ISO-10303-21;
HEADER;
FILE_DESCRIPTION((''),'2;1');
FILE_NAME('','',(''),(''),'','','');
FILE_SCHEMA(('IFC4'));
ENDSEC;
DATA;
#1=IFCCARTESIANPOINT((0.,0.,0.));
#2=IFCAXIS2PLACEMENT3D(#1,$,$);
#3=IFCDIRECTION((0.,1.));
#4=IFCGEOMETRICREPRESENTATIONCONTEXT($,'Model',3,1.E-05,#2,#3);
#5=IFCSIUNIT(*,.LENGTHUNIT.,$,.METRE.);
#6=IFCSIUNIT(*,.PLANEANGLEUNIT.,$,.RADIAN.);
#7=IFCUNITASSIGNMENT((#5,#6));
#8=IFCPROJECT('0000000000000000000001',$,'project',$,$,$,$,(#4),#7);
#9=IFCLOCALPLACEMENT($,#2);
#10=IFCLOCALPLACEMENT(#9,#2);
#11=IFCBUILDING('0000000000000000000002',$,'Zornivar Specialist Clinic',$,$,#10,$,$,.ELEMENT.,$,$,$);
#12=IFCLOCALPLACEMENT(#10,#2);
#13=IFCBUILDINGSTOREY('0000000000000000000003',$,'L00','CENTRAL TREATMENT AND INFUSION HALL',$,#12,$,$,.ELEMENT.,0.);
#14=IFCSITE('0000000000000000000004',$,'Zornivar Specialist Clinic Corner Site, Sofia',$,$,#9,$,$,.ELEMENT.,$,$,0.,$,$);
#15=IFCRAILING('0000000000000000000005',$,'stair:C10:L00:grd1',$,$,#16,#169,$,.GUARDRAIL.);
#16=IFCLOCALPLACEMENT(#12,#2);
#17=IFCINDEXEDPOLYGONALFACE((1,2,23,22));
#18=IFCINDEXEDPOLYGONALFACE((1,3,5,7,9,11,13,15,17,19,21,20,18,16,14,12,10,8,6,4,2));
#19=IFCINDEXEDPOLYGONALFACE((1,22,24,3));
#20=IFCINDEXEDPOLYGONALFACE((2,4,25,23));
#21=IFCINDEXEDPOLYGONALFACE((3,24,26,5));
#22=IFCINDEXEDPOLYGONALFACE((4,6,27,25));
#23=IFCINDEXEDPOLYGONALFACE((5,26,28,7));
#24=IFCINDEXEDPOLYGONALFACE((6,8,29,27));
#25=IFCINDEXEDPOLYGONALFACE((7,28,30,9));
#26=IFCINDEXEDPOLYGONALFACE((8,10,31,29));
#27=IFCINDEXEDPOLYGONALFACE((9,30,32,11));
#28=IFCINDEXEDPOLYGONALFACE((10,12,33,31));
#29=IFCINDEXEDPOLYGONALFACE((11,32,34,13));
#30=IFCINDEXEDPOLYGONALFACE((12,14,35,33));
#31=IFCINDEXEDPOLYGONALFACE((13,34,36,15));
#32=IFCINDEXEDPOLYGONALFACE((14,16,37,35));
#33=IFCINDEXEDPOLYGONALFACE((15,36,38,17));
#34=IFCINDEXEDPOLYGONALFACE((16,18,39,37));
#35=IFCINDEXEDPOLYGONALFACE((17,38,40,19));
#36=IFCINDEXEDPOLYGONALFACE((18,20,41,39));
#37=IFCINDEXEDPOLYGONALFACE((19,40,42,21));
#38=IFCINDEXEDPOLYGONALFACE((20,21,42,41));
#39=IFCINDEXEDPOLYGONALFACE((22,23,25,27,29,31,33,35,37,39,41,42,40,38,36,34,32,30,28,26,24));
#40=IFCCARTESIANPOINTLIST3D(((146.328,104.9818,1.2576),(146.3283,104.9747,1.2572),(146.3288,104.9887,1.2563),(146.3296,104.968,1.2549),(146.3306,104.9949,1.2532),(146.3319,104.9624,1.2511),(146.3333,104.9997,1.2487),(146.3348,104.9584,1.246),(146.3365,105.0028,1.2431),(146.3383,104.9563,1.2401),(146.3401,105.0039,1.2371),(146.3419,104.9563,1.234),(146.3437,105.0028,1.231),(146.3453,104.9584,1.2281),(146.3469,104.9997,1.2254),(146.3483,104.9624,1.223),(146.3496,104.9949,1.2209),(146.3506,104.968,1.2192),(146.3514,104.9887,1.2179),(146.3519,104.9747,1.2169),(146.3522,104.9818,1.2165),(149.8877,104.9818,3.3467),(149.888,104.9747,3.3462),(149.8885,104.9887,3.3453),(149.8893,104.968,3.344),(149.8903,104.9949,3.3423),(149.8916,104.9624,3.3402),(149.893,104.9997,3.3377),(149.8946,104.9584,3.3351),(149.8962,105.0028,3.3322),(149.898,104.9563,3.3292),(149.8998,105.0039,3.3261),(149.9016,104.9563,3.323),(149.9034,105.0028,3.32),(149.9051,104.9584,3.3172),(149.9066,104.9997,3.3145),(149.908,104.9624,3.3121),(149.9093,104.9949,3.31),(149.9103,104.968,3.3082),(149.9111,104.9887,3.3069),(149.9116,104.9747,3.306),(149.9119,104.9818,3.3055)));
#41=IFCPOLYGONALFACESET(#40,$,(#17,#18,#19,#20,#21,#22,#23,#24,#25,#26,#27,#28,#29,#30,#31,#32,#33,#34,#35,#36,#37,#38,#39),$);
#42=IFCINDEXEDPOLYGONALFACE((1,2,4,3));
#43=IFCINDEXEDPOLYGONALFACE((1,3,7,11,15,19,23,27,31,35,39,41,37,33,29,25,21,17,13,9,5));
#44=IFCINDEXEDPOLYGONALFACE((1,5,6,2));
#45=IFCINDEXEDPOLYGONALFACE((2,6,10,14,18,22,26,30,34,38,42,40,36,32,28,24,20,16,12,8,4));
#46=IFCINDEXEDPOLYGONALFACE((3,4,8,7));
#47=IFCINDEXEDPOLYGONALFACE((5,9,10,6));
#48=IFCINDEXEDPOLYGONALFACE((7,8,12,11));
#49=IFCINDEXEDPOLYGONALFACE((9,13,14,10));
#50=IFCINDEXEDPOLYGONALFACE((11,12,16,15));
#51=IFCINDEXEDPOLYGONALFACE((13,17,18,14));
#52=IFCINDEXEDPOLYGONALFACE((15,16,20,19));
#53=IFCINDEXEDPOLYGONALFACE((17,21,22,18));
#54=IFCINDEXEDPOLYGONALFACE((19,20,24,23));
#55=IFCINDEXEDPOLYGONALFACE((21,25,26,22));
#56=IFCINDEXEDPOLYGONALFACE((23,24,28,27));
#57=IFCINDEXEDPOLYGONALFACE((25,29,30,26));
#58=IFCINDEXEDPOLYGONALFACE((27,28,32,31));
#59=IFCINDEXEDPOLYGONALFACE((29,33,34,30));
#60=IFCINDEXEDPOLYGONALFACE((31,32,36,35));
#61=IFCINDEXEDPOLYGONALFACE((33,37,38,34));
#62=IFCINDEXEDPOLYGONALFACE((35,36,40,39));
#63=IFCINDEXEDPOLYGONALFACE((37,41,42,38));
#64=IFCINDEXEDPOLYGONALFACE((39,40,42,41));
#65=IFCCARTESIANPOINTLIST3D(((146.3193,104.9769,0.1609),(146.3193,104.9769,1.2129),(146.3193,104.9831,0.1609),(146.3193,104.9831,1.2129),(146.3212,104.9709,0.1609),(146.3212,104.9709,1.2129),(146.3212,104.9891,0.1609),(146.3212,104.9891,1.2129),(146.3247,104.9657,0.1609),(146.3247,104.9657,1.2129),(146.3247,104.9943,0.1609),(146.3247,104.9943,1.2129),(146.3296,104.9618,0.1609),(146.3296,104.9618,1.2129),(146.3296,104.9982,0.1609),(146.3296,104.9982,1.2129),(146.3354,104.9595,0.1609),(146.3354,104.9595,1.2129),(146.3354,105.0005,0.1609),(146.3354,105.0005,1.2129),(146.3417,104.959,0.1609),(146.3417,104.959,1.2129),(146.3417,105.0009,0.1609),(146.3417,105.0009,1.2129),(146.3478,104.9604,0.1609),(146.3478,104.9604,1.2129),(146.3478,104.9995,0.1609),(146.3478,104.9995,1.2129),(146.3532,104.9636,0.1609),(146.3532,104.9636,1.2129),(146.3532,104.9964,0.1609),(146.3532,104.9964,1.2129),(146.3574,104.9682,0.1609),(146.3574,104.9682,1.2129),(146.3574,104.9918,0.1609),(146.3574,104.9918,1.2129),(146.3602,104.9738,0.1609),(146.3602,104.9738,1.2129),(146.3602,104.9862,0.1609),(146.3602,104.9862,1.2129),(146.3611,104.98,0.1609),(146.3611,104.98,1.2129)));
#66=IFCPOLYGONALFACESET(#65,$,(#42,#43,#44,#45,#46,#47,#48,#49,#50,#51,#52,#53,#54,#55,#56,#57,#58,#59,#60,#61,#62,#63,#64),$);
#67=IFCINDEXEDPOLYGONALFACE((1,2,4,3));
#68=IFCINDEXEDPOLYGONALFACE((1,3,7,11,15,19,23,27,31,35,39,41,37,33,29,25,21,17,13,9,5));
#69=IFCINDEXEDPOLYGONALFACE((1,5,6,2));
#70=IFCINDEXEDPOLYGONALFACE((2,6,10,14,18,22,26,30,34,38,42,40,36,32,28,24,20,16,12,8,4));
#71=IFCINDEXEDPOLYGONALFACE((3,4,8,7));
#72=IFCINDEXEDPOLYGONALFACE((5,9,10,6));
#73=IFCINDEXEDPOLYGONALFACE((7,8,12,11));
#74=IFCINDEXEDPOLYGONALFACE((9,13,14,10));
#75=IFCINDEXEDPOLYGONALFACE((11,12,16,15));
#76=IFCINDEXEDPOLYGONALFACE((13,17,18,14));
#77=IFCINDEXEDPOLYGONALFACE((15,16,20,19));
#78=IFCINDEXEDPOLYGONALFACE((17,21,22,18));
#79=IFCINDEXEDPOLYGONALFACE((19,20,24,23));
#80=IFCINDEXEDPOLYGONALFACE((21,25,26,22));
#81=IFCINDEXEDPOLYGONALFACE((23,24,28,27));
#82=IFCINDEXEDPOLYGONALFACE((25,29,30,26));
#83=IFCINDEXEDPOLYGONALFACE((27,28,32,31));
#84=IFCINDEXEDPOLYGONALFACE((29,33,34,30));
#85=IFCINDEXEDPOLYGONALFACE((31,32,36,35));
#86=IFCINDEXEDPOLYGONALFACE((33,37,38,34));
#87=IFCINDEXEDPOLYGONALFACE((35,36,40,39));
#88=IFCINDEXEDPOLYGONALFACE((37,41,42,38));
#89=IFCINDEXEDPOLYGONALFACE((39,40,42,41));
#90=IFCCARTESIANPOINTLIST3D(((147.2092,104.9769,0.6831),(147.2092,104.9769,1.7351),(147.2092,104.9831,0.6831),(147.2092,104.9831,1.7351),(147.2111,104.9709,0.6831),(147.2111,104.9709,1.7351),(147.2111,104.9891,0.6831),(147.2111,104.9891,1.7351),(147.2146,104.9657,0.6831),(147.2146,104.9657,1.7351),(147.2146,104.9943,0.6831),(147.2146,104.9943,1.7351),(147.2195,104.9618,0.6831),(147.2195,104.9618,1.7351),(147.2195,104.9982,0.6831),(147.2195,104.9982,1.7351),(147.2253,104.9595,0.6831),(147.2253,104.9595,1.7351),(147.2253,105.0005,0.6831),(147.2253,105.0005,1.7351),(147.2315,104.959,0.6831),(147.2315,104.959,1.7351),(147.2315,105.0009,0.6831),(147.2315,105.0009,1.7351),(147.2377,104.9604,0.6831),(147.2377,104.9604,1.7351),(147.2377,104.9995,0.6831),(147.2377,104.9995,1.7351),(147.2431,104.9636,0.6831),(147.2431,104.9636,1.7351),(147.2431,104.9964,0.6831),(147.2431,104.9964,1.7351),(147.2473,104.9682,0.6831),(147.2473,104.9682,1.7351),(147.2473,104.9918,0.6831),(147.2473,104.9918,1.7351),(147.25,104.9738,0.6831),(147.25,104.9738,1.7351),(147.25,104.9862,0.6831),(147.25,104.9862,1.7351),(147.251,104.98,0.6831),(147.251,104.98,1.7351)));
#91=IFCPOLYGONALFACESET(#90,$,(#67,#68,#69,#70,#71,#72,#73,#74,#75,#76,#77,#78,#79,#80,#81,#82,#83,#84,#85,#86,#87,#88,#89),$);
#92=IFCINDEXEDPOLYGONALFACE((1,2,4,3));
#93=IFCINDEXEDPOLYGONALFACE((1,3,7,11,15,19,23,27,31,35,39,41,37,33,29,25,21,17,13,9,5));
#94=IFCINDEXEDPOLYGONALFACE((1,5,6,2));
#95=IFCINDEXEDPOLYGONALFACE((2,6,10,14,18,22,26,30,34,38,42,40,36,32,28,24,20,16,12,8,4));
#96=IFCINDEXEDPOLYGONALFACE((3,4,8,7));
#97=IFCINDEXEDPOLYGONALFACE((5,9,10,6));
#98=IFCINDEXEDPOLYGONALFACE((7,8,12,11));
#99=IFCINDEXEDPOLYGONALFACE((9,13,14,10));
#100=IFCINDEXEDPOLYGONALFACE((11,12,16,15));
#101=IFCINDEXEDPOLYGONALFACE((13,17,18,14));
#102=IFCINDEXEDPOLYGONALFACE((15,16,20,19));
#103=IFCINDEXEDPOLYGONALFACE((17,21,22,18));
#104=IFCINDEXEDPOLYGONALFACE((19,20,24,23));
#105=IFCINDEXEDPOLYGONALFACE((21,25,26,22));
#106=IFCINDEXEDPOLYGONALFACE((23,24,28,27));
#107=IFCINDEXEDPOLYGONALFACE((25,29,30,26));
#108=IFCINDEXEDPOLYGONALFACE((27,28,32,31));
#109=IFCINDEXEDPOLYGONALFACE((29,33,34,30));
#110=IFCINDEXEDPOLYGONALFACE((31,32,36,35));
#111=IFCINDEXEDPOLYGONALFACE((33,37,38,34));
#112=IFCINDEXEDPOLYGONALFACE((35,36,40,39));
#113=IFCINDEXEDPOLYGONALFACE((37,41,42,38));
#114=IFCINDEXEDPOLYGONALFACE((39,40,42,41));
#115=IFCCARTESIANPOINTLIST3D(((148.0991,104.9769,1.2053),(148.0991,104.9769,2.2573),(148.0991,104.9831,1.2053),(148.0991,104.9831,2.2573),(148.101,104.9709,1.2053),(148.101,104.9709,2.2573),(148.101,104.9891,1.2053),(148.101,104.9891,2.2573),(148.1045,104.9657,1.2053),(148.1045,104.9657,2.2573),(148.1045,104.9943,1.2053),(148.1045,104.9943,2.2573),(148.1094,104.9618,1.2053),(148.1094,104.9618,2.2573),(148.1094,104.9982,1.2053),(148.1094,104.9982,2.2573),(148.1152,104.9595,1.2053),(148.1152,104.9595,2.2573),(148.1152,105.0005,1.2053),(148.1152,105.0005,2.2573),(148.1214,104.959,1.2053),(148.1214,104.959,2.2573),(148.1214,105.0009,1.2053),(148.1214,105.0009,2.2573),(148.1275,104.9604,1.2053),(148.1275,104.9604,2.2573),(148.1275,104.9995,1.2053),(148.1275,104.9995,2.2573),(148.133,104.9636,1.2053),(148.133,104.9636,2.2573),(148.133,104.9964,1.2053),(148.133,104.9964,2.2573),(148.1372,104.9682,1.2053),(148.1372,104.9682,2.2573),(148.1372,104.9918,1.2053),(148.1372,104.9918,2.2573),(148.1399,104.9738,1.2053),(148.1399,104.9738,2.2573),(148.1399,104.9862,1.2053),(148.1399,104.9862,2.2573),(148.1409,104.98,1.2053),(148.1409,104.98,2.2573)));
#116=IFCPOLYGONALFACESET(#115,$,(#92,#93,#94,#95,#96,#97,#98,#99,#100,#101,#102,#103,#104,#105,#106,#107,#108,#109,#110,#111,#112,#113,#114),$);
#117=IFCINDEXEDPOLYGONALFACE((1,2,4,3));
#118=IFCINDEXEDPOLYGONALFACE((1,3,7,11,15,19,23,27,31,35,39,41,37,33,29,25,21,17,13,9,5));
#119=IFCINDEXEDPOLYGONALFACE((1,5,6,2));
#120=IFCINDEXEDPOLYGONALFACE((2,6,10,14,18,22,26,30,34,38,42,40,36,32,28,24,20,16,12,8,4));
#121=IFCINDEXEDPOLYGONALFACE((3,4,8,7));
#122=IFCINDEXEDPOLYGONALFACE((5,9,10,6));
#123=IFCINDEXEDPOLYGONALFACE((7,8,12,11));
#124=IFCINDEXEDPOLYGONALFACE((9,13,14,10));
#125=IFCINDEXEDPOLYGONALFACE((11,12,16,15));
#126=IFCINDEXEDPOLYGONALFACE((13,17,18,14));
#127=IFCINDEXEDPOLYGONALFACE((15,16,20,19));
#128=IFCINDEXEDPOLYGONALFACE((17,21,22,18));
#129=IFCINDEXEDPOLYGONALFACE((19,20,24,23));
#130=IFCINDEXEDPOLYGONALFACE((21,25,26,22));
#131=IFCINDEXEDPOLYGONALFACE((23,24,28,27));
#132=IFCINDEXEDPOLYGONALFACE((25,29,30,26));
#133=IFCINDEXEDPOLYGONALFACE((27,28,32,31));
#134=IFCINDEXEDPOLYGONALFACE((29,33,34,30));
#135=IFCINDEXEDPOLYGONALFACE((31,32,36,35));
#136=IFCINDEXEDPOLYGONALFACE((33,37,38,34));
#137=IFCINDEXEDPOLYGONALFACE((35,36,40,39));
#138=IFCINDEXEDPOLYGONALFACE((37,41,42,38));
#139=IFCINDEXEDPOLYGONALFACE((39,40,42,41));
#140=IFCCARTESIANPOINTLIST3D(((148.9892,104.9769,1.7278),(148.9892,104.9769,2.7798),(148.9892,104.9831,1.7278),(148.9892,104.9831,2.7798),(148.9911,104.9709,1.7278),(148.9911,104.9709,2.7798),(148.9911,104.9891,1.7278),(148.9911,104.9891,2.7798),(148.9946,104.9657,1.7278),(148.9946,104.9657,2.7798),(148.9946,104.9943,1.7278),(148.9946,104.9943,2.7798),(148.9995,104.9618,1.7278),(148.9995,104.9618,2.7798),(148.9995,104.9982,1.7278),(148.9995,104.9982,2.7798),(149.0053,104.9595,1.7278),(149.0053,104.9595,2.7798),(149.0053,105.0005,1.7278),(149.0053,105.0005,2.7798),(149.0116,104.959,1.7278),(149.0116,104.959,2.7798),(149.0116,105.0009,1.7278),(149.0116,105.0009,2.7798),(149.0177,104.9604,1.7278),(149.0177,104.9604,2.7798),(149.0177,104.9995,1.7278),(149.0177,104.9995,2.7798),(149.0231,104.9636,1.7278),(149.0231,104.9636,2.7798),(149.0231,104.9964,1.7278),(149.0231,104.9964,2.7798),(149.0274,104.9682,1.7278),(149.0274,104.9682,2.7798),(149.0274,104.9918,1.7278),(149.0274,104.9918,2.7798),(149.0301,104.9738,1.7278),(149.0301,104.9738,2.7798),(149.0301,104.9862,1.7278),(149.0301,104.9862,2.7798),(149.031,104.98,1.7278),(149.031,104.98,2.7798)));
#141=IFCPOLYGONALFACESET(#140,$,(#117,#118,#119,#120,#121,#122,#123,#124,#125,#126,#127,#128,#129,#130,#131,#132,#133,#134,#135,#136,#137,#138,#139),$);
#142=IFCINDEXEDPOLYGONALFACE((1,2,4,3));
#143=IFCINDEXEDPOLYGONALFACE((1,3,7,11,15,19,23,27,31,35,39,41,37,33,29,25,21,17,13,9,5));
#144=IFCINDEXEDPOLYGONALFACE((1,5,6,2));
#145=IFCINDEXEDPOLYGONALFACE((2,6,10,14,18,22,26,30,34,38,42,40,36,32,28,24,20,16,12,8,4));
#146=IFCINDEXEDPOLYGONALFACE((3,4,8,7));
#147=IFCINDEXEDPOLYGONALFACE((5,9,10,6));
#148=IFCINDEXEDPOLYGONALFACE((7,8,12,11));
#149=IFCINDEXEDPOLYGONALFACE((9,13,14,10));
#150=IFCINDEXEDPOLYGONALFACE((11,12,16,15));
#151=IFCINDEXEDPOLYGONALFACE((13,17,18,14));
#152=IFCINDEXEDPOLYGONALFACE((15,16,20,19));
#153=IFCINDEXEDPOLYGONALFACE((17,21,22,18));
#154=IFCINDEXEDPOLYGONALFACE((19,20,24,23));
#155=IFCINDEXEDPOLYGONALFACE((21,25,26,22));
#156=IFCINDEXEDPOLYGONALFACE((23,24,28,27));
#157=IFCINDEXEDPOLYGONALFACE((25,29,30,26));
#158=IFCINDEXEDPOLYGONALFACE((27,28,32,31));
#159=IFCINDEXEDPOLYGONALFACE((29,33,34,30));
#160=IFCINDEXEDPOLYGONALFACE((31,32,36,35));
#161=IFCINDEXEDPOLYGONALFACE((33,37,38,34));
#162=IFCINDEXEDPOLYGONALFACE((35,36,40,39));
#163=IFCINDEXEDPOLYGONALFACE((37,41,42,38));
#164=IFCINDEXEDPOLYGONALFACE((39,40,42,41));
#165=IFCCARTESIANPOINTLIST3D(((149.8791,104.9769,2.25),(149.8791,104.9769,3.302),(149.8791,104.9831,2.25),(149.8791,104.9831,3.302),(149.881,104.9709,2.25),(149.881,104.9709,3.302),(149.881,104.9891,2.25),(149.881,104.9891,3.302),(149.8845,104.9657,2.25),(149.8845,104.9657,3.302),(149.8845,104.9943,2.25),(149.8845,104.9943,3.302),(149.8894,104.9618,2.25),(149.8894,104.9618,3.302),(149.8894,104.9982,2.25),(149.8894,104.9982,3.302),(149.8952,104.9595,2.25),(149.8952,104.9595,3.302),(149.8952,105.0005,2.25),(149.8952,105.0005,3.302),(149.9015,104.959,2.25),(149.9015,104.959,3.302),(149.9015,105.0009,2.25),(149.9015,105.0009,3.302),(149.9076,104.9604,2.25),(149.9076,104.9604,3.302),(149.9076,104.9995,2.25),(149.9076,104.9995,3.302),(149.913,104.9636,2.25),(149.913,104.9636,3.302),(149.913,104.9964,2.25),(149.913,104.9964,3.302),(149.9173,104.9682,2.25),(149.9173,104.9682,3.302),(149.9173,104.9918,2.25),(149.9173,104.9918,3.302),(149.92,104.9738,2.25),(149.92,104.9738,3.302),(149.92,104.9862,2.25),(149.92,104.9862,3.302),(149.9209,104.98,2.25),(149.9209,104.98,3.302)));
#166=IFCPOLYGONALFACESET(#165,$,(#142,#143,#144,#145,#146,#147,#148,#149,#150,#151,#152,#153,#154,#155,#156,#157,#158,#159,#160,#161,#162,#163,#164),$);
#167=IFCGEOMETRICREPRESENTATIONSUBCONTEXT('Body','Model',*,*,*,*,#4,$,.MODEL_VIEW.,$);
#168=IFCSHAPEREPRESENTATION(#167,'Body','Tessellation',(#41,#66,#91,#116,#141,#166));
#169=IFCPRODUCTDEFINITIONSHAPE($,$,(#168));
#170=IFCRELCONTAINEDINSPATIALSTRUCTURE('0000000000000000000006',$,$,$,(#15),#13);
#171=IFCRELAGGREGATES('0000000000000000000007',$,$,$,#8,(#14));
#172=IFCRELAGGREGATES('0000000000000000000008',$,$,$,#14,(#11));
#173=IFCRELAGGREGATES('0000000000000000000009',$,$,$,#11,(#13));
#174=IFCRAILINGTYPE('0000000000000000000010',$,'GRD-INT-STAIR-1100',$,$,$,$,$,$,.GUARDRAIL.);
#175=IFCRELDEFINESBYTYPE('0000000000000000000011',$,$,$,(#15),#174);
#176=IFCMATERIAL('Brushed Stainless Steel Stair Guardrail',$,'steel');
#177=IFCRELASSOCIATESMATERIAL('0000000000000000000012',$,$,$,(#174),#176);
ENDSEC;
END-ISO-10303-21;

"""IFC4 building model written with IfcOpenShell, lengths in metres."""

from ifc_helpers import new_model, si_unit, direction, frame, origin, origin_2d, place, context, subcontext, project, spatial, circle, extrude, material, type_object, element, save


model = new_model("IFC4")

# Units and contexts
model_context = context("Model", 3, precision=1e-05, world=origin(), true_north=direction((0.0, 1.0)))
body_context = subcontext(model_context, "Body", "Model", "MODEL_VIEW")
ifc_project = project(units=[si_unit("LENGTHUNIT", "METRE"), si_unit("PLANEANGLEUNIT", "RADIAN")], contexts=[model_context])

# Site, building, storey
site_placement = place(None, origin())
site = spatial("IfcSite", under=ifc_project, at=site_placement, Name="Zornivar Specialist Clinic Corner Site, Sofia", CompositionType="ELEMENT", RefElevation=0.0)
building_placement = place(site_placement, origin())
building = spatial("IfcBuilding", under=site, at=building_placement, Name="Zornivar Specialist Clinic", CompositionType="ELEMENT")
storey_placement = place(building_placement, origin())
storey = spatial("IfcBuildingStorey", under=building, at=storey_placement, Name="L00", Description="CENTRAL TREATMENT AND INFUSION HALL", CompositionType="ELEMENT", Elevation=0.0)

# Railing
ifc_material_1 = material(Name="Brushed Stainless Steel Stair Guardrail", Category="steel")
railing_type = type_object("IfcRailingType", Name="GRD-INT-STAIR-1100", PredefinedType="GUARDRAIL", material=ifc_material_1)
railing_1_placement = place(storey_placement, frame((146.3401, 104.98, 0.1609)))
element("IfcRailing", 1, at=railing_1_placement, inside=storey, type_object=railing_type, Name="stair:C10:L00:grd1", PredefinedType="GUARDRAIL", context=body_context, shape_type="SweptSolid", body=[
    extrude(circle(Radius=0.0239, at=origin_2d()), frame((0.0, 0.0, 1.0762), z_axis=(0.862452, 0.0, 0.506138), x_axis=(0.0, 1.0, 0.0)), (0.0, 0.0, 1.0), 4.1274),
    extrude(circle(Radius=0.021, at=origin_2d()), origin(), (0.0, 0.0, 1.0), 1.052),
    extrude(circle(Radius=0.021, at=origin_2d()), frame((0.8899, 0.0, 0.5222)), (0.0, 0.0, 1.0), 1.052),
    extrude(circle(Radius=0.021, at=origin_2d()), frame((1.7798, 0.0, 1.0444)), (0.0, 0.0, 1.0), 1.052),
    extrude(circle(Radius=0.021, at=origin_2d()), frame((2.6699, 0.0, 1.5669)), (0.0, 0.0, 1.0), 1.052),
    extrude(circle(Radius=0.021, at=origin_2d()), frame((3.5598, 0.0, 2.0891)), (0.0, 0.0, 1.0), 1.052),
])

save(model, "model.ifc")
